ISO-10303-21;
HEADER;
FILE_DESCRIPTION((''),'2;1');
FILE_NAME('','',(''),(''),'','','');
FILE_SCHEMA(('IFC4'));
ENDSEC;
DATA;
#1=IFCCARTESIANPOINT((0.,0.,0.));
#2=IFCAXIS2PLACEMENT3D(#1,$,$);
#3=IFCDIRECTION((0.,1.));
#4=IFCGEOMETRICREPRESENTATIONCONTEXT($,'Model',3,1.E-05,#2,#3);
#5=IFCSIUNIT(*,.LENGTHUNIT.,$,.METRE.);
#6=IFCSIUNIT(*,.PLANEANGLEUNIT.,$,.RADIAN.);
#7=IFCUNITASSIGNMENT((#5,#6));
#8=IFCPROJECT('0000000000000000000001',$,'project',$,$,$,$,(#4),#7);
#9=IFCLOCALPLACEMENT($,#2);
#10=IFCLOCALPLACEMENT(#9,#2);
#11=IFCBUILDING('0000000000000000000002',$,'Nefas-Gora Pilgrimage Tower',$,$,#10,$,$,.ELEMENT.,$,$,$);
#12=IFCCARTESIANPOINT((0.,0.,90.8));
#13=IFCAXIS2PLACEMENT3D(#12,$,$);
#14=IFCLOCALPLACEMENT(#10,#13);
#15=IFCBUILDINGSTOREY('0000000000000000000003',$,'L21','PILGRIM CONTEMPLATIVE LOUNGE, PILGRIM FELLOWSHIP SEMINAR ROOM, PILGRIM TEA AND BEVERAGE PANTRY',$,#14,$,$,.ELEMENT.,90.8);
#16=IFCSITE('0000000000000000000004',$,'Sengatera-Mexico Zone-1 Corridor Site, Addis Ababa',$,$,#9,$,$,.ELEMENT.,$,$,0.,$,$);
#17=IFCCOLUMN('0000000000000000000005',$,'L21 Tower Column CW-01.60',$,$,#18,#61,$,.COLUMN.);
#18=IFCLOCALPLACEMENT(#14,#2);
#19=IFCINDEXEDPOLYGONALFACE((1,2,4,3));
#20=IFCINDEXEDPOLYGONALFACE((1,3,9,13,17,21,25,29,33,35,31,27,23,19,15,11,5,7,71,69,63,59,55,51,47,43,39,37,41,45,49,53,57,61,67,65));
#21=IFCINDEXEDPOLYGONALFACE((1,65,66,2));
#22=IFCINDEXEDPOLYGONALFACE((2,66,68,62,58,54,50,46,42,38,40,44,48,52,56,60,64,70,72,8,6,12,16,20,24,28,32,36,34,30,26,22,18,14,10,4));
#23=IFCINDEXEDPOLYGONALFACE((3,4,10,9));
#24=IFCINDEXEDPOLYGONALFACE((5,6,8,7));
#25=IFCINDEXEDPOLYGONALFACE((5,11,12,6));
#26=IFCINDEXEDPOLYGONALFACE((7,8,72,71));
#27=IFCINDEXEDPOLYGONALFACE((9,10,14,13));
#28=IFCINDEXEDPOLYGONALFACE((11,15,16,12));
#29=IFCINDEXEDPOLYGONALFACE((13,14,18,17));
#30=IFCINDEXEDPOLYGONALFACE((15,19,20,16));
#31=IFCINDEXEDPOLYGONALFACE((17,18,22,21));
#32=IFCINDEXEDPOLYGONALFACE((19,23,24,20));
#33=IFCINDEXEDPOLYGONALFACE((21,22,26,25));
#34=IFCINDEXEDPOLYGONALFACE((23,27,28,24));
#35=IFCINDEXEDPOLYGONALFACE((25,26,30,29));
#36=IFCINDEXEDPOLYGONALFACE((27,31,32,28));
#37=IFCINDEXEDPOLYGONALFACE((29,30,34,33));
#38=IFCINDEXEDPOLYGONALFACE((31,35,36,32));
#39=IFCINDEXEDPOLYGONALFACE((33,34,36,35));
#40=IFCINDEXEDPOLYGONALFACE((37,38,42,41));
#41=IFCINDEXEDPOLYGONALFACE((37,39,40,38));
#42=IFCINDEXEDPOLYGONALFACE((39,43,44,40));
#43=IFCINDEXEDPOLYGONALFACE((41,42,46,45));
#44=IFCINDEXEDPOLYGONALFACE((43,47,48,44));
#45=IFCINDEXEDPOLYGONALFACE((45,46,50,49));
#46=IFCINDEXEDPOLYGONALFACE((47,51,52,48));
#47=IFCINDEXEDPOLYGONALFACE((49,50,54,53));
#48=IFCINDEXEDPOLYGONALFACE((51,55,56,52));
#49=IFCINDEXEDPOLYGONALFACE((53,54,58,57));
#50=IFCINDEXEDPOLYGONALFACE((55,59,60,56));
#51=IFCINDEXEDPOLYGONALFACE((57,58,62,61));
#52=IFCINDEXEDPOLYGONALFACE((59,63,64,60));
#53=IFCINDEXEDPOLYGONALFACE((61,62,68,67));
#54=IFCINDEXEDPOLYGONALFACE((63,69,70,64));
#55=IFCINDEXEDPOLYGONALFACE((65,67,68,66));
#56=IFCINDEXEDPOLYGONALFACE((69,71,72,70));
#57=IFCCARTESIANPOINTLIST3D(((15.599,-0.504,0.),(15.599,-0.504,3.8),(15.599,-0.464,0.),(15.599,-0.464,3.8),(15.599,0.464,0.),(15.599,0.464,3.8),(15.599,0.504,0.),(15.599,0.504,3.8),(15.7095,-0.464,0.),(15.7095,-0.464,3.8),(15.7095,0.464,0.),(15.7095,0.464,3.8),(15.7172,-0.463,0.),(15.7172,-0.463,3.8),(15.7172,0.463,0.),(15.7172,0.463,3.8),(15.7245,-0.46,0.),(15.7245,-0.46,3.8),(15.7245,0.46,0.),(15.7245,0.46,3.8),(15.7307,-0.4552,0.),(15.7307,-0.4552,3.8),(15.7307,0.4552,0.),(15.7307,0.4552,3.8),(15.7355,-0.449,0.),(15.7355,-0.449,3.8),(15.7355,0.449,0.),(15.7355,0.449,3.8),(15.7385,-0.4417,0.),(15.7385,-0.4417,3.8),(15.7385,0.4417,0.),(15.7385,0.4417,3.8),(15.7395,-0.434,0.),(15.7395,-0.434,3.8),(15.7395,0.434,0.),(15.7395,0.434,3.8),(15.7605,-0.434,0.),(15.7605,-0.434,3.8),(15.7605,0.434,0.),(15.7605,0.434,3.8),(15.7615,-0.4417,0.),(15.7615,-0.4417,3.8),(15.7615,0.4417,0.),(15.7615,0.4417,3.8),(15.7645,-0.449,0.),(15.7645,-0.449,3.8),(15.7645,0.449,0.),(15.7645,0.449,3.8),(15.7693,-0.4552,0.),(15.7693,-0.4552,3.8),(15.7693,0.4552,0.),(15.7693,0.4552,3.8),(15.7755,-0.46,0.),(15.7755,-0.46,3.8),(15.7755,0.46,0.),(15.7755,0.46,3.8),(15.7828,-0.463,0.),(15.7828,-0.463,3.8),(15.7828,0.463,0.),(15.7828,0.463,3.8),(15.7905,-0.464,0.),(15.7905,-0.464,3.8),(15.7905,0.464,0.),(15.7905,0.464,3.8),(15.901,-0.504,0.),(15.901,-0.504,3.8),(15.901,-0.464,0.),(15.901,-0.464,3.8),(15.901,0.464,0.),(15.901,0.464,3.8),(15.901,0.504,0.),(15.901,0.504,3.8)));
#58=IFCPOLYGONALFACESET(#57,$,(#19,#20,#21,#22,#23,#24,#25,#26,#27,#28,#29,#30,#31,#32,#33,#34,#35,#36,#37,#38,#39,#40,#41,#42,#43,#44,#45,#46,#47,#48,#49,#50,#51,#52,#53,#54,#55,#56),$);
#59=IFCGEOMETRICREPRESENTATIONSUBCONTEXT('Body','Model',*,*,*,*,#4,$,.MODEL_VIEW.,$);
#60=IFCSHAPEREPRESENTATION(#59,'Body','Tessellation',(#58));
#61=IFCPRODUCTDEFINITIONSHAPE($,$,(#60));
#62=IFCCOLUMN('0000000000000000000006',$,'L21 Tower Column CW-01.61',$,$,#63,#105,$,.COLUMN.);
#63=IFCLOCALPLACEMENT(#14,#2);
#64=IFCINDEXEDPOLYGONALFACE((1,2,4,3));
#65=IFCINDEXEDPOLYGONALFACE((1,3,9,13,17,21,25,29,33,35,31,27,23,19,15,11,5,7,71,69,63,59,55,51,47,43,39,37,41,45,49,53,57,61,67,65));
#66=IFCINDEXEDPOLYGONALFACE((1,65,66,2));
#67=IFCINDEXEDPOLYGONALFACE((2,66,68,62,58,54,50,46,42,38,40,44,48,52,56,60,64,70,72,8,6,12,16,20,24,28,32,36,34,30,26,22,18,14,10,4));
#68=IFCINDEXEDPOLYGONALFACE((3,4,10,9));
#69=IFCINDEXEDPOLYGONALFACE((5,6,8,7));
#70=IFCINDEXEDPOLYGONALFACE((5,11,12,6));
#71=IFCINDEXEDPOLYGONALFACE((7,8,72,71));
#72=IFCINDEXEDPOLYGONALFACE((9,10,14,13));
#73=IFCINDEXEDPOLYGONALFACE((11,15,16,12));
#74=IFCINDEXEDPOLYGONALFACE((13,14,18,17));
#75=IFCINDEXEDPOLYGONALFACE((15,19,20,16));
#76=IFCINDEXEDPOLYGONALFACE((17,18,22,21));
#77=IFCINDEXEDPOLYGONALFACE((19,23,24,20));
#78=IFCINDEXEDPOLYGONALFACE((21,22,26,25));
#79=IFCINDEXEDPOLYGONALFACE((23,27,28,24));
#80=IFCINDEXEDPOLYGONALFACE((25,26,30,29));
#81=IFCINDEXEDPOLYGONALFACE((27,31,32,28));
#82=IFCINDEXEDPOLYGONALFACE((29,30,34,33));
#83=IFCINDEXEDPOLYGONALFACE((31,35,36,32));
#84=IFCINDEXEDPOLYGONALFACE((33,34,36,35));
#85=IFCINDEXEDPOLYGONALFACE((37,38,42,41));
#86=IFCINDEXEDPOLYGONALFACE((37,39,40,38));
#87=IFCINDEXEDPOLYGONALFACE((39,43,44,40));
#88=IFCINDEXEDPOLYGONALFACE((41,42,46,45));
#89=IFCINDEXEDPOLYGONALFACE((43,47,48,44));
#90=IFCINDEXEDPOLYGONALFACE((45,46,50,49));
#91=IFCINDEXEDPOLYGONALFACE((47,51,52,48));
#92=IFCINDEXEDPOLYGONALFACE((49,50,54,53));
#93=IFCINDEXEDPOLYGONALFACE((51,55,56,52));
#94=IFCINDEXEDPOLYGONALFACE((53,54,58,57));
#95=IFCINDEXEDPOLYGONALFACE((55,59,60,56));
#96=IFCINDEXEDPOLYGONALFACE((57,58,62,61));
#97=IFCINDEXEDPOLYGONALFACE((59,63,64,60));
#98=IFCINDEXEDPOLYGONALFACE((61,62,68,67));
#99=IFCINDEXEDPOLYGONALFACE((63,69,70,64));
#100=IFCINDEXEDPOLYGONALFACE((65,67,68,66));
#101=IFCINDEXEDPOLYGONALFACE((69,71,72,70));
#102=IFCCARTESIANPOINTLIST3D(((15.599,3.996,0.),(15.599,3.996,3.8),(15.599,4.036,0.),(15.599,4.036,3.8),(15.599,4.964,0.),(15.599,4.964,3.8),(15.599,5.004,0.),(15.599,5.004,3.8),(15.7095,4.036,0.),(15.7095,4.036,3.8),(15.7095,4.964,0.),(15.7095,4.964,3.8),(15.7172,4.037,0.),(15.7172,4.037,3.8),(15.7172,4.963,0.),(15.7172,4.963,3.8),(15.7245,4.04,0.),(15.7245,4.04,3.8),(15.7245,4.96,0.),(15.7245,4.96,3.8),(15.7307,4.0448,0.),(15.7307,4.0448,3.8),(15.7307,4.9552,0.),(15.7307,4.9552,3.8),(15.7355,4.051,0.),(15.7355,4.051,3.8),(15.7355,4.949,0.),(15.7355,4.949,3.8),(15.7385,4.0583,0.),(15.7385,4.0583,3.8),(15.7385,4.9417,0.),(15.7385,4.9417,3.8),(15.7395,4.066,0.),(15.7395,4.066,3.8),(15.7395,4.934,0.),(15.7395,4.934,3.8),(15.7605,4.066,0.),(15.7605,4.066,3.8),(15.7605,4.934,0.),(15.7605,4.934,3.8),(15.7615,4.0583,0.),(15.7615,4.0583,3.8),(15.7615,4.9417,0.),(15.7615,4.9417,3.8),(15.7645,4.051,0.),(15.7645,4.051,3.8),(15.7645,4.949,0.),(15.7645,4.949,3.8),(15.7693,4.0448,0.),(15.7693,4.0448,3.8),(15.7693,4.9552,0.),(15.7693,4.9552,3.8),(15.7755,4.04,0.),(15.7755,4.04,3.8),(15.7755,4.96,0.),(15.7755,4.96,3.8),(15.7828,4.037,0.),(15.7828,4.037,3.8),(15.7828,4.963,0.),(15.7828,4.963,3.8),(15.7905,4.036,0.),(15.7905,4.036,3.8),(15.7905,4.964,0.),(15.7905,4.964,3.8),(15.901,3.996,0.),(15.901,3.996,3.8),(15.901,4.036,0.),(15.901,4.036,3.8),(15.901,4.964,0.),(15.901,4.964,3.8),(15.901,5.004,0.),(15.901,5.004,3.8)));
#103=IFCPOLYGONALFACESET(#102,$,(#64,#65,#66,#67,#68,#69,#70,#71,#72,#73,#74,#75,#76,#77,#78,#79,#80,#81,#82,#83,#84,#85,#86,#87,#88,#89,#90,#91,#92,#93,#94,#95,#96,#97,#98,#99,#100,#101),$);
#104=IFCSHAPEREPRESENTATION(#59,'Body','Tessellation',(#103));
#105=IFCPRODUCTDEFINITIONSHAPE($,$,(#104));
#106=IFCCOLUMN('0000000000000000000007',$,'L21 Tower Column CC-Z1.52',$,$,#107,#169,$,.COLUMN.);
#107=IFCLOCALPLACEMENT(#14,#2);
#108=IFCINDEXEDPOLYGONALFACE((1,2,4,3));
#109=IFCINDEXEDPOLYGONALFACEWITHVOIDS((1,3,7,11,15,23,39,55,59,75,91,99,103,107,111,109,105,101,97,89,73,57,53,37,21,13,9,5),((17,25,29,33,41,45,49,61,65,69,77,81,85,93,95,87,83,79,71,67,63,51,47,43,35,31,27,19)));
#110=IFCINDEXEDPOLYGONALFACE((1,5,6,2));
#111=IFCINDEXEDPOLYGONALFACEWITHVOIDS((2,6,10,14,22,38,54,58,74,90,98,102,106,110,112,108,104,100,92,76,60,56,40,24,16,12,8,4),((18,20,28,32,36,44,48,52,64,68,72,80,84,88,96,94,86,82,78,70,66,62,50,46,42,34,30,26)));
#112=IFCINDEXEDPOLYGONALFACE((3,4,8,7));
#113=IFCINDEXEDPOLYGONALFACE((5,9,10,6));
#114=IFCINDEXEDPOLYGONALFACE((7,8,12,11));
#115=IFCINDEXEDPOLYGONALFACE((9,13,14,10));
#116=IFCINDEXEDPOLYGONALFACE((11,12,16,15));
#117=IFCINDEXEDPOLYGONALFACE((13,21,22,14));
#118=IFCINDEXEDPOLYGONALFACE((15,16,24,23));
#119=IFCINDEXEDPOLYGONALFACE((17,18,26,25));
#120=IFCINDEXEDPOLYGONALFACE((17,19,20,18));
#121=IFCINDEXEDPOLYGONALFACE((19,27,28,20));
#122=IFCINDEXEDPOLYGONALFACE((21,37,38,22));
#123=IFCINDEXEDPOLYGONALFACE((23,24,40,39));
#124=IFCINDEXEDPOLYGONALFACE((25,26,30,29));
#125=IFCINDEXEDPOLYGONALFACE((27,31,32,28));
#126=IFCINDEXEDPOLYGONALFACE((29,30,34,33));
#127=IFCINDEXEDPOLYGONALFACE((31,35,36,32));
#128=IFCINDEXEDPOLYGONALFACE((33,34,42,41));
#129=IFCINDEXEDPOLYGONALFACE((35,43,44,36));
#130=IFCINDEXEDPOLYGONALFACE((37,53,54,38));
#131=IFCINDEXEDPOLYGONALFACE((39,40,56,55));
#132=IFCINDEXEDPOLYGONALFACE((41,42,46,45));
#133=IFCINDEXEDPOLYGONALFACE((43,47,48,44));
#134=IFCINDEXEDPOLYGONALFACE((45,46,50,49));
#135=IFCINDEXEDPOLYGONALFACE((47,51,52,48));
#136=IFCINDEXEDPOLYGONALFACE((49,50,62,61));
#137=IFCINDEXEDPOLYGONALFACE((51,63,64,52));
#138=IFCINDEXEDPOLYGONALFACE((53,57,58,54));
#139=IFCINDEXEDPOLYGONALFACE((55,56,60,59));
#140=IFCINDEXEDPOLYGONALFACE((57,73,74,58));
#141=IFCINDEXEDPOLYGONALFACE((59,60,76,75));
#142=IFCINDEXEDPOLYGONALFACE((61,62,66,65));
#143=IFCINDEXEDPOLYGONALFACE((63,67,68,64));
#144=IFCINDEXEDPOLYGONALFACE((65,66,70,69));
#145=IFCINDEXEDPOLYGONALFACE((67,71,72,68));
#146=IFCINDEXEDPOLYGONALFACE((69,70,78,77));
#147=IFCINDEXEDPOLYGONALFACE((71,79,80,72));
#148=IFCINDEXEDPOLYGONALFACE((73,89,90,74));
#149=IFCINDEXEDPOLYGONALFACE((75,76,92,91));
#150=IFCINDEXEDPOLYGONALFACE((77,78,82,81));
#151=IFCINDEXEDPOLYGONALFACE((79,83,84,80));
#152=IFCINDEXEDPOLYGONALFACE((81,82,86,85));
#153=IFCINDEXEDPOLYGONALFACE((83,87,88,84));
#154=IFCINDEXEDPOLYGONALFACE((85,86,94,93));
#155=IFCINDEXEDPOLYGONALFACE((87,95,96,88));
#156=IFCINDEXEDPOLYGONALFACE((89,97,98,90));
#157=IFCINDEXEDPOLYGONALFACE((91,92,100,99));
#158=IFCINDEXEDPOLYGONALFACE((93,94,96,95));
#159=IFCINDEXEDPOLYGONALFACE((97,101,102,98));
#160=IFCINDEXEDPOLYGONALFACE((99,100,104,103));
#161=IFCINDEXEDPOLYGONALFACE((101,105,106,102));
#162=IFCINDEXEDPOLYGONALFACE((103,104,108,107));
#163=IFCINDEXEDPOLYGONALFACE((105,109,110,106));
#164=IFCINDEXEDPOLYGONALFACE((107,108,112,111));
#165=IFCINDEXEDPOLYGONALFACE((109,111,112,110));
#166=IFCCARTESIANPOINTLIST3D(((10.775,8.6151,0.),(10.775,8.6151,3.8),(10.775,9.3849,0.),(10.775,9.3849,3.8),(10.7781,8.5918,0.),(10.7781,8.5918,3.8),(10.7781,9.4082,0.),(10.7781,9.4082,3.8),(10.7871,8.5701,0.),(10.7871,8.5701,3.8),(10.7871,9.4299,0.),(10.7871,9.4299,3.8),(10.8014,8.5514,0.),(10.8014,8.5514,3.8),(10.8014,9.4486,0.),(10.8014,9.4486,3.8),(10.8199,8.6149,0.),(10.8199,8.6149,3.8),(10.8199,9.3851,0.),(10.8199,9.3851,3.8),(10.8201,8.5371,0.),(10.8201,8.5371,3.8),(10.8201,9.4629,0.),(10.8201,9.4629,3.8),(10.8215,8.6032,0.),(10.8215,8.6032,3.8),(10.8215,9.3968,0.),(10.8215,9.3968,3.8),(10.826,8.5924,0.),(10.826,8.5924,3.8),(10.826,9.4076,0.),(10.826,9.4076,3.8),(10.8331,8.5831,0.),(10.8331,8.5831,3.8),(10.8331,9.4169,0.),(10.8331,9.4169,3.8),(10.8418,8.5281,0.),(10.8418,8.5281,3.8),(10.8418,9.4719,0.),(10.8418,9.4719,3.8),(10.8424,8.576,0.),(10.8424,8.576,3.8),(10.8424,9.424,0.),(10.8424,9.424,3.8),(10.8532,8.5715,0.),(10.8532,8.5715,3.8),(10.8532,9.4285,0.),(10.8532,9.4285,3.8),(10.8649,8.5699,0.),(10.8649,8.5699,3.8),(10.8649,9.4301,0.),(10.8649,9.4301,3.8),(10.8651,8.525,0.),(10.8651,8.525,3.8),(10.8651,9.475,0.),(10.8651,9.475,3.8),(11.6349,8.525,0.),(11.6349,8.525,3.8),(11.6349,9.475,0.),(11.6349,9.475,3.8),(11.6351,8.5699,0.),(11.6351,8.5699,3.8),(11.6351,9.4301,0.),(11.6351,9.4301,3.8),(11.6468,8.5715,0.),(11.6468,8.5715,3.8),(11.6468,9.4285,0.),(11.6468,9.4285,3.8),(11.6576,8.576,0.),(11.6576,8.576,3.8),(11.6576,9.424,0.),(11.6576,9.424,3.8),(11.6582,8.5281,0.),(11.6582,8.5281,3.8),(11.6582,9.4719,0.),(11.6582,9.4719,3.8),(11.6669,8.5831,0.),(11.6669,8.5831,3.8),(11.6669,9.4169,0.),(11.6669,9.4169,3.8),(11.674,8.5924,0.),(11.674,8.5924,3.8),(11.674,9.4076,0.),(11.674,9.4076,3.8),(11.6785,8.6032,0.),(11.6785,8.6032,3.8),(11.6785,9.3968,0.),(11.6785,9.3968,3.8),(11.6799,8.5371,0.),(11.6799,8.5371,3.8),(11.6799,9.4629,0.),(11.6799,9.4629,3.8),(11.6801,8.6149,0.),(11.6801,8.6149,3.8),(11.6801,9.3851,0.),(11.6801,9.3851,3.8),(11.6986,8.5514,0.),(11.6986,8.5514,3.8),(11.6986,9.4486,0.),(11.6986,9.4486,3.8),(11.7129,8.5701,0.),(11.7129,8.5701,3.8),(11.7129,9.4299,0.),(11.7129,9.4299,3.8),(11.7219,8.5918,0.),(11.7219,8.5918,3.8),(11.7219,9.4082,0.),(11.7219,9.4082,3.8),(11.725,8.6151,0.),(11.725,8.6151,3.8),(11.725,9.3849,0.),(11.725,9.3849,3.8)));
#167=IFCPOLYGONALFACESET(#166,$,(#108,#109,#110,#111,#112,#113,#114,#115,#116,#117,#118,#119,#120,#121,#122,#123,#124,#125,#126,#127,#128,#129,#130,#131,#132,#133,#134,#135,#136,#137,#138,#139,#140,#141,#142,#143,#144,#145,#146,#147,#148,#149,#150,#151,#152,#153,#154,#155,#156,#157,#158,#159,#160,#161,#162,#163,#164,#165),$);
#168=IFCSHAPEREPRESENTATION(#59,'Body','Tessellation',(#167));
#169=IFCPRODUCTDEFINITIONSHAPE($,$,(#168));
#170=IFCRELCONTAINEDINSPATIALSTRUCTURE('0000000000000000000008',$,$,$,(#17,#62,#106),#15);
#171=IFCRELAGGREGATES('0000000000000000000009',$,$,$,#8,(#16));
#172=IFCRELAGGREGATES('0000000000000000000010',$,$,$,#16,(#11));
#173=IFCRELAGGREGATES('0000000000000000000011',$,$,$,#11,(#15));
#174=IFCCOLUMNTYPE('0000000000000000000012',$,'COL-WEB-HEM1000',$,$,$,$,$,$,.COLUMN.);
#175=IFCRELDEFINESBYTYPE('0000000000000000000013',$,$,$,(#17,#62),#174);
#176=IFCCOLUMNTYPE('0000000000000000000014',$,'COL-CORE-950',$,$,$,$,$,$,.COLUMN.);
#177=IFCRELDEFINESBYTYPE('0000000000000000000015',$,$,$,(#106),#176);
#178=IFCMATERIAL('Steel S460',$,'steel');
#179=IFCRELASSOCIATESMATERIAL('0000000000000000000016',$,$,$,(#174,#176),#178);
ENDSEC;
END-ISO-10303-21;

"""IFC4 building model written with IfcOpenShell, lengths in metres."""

from ifc_helpers import new_model, si_unit, direction, frame, origin, origin_2d, place, context, subcontext, project, spatial, hollow_rectangle, i_section, extrude, source, transform, mapped, material, material_profile, profile_set, type_object, element, save


model = new_model("IFC4")

# Units and contexts
model_context = context("Model", 3, precision=1e-05, world=origin(), true_north=direction((0.0, 1.0)))
body_context = subcontext(model_context, "Body", "Model", "MODEL_VIEW")
ifc_project = project(units=[si_unit("LENGTHUNIT", "METRE"), si_unit("PLANEANGLEUNIT", "RADIAN")], contexts=[model_context])

# Site, building, storey
site_placement = place(None, origin())
site = spatial("IfcSite", under=ifc_project, at=site_placement, Name="Sengatera-Mexico Zone-1 Corridor Site, Addis Ababa", CompositionType="ELEMENT", RefElevation=0.0)
building_placement = place(site_placement, origin())
building = spatial("IfcBuilding", under=site, at=building_placement, Name="Nefas-Gora Pilgrimage Tower", CompositionType="ELEMENT")
storey_placement = place(building_placement, frame((0.0, 0.0, 90.8)))
storey = spatial("IfcBuildingStorey", under=building, at=storey_placement, Name="L21", Description="PILGRIM CONTEMPLATIVE LOUNGE, PILGRIM FELLOWSHIP SEMINAR ROOM, PILGRIM TEA AND BEVERAGE PANTRY", CompositionType="ELEMENT", Elevation=90.8)

# Columns
ifc_material_1 = material(Name="Steel S460", Category="steel")
ifc_material_profile_1 = material_profile(ifc_material_1, i_section(OverallWidth=0.302, OverallDepth=1.0081, WebThickness=0.021, FlangeThickness=0.04, FilletRadius=0.03, at=origin_2d()), Name="HEM 1000")
ifc_profile_set_1 = profile_set([ifc_material_profile_1], Name="Steel S460")
column_type_1 = type_object("IfcColumnType", Name="COL-WEB-HEM1000", PredefinedType="COLUMN", material=ifc_profile_set_1)
shared_shape_1 = source(origin(), body_context, "Body", "SweptSolid", [
    extrude(i_section(OverallWidth=0.302, OverallDepth=1.0081, WebThickness=0.021, FlangeThickness=0.04, FilletRadius=0.03, at=origin_2d()), origin(), (0.0, 0.0, 1.0), 3.8),
])
for number, where, z_axis, x_axis, name in (
    (1, (15.75, 0.0, 0.0), (0.0, 0.0, 1.0), (1.0, 0.0, 0.0), "L21 Tower Column CW-01.60"),
    (2, (15.75, 4.5, 0.0), (0.0, 0.0, 1.0), (1.0, 0.0, 0.0), "L21 Tower Column CW-01.61"),
):
    element("IfcColumn", number, at=place(storey_placement, frame(where, z_axis=z_axis, x_axis=x_axis)), inside=storey, type_object=column_type_1, Name=name, PredefinedType="COLUMN", context=body_context, shape_type="MappedRepresentation", body=[
        mapped(shared_shape_1, transform((0.0, 0.0, 0.0), x_axis=(1.0, 0.0, 0.0), y_axis=(0.0, 1.0, 0.0), z_axis=(0.0, 0.0, 1.0), scale=1.0)),
    ])
ifc_material_profile_2 = material_profile(ifc_material_1, hollow_rectangle(XDim=0.95, YDim=0.95, WallThickness=0.0449, InnerFilletRadius=0.0449, OuterFilletRadius=0.0901, at=origin_2d()), Name="BOX 950x950x45")
ifc_profile_set_2 = profile_set([ifc_material_profile_2], Name="Steel S460")
column_type_2 = type_object("IfcColumnType", Name="COL-CORE-950", PredefinedType="COLUMN", material=ifc_profile_set_2)
shared_shape_2 = source(origin(), body_context, "Body", "SweptSolid", [
    extrude(hollow_rectangle(XDim=0.95, YDim=0.95, WallThickness=0.0449, InnerFilletRadius=0.0449, OuterFilletRadius=0.0901, at=origin_2d()), origin(), (0.0, 0.0, 1.0), 3.8),
])
column_placement = place(storey_placement, frame((11.25, 9.0, 0.0), z_axis=(0.0, 0.0, 1.0), x_axis=(1.0, 0.0, 0.0)))
element("IfcColumn", 3, at=column_placement, inside=storey, type_object=column_type_2, Name="L21 Tower Column CC-Z1.52", PredefinedType="COLUMN", context=body_context, shape_type="MappedRepresentation", body=[
    mapped(shared_shape_2, transform((0.0, 0.0, 0.0), x_axis=(1.0, 0.0, 0.0), y_axis=(0.0, 1.0, 0.0), z_axis=(0.0, 0.0, 1.0), scale=1.0)),
])

save(model, "model.ifc")
